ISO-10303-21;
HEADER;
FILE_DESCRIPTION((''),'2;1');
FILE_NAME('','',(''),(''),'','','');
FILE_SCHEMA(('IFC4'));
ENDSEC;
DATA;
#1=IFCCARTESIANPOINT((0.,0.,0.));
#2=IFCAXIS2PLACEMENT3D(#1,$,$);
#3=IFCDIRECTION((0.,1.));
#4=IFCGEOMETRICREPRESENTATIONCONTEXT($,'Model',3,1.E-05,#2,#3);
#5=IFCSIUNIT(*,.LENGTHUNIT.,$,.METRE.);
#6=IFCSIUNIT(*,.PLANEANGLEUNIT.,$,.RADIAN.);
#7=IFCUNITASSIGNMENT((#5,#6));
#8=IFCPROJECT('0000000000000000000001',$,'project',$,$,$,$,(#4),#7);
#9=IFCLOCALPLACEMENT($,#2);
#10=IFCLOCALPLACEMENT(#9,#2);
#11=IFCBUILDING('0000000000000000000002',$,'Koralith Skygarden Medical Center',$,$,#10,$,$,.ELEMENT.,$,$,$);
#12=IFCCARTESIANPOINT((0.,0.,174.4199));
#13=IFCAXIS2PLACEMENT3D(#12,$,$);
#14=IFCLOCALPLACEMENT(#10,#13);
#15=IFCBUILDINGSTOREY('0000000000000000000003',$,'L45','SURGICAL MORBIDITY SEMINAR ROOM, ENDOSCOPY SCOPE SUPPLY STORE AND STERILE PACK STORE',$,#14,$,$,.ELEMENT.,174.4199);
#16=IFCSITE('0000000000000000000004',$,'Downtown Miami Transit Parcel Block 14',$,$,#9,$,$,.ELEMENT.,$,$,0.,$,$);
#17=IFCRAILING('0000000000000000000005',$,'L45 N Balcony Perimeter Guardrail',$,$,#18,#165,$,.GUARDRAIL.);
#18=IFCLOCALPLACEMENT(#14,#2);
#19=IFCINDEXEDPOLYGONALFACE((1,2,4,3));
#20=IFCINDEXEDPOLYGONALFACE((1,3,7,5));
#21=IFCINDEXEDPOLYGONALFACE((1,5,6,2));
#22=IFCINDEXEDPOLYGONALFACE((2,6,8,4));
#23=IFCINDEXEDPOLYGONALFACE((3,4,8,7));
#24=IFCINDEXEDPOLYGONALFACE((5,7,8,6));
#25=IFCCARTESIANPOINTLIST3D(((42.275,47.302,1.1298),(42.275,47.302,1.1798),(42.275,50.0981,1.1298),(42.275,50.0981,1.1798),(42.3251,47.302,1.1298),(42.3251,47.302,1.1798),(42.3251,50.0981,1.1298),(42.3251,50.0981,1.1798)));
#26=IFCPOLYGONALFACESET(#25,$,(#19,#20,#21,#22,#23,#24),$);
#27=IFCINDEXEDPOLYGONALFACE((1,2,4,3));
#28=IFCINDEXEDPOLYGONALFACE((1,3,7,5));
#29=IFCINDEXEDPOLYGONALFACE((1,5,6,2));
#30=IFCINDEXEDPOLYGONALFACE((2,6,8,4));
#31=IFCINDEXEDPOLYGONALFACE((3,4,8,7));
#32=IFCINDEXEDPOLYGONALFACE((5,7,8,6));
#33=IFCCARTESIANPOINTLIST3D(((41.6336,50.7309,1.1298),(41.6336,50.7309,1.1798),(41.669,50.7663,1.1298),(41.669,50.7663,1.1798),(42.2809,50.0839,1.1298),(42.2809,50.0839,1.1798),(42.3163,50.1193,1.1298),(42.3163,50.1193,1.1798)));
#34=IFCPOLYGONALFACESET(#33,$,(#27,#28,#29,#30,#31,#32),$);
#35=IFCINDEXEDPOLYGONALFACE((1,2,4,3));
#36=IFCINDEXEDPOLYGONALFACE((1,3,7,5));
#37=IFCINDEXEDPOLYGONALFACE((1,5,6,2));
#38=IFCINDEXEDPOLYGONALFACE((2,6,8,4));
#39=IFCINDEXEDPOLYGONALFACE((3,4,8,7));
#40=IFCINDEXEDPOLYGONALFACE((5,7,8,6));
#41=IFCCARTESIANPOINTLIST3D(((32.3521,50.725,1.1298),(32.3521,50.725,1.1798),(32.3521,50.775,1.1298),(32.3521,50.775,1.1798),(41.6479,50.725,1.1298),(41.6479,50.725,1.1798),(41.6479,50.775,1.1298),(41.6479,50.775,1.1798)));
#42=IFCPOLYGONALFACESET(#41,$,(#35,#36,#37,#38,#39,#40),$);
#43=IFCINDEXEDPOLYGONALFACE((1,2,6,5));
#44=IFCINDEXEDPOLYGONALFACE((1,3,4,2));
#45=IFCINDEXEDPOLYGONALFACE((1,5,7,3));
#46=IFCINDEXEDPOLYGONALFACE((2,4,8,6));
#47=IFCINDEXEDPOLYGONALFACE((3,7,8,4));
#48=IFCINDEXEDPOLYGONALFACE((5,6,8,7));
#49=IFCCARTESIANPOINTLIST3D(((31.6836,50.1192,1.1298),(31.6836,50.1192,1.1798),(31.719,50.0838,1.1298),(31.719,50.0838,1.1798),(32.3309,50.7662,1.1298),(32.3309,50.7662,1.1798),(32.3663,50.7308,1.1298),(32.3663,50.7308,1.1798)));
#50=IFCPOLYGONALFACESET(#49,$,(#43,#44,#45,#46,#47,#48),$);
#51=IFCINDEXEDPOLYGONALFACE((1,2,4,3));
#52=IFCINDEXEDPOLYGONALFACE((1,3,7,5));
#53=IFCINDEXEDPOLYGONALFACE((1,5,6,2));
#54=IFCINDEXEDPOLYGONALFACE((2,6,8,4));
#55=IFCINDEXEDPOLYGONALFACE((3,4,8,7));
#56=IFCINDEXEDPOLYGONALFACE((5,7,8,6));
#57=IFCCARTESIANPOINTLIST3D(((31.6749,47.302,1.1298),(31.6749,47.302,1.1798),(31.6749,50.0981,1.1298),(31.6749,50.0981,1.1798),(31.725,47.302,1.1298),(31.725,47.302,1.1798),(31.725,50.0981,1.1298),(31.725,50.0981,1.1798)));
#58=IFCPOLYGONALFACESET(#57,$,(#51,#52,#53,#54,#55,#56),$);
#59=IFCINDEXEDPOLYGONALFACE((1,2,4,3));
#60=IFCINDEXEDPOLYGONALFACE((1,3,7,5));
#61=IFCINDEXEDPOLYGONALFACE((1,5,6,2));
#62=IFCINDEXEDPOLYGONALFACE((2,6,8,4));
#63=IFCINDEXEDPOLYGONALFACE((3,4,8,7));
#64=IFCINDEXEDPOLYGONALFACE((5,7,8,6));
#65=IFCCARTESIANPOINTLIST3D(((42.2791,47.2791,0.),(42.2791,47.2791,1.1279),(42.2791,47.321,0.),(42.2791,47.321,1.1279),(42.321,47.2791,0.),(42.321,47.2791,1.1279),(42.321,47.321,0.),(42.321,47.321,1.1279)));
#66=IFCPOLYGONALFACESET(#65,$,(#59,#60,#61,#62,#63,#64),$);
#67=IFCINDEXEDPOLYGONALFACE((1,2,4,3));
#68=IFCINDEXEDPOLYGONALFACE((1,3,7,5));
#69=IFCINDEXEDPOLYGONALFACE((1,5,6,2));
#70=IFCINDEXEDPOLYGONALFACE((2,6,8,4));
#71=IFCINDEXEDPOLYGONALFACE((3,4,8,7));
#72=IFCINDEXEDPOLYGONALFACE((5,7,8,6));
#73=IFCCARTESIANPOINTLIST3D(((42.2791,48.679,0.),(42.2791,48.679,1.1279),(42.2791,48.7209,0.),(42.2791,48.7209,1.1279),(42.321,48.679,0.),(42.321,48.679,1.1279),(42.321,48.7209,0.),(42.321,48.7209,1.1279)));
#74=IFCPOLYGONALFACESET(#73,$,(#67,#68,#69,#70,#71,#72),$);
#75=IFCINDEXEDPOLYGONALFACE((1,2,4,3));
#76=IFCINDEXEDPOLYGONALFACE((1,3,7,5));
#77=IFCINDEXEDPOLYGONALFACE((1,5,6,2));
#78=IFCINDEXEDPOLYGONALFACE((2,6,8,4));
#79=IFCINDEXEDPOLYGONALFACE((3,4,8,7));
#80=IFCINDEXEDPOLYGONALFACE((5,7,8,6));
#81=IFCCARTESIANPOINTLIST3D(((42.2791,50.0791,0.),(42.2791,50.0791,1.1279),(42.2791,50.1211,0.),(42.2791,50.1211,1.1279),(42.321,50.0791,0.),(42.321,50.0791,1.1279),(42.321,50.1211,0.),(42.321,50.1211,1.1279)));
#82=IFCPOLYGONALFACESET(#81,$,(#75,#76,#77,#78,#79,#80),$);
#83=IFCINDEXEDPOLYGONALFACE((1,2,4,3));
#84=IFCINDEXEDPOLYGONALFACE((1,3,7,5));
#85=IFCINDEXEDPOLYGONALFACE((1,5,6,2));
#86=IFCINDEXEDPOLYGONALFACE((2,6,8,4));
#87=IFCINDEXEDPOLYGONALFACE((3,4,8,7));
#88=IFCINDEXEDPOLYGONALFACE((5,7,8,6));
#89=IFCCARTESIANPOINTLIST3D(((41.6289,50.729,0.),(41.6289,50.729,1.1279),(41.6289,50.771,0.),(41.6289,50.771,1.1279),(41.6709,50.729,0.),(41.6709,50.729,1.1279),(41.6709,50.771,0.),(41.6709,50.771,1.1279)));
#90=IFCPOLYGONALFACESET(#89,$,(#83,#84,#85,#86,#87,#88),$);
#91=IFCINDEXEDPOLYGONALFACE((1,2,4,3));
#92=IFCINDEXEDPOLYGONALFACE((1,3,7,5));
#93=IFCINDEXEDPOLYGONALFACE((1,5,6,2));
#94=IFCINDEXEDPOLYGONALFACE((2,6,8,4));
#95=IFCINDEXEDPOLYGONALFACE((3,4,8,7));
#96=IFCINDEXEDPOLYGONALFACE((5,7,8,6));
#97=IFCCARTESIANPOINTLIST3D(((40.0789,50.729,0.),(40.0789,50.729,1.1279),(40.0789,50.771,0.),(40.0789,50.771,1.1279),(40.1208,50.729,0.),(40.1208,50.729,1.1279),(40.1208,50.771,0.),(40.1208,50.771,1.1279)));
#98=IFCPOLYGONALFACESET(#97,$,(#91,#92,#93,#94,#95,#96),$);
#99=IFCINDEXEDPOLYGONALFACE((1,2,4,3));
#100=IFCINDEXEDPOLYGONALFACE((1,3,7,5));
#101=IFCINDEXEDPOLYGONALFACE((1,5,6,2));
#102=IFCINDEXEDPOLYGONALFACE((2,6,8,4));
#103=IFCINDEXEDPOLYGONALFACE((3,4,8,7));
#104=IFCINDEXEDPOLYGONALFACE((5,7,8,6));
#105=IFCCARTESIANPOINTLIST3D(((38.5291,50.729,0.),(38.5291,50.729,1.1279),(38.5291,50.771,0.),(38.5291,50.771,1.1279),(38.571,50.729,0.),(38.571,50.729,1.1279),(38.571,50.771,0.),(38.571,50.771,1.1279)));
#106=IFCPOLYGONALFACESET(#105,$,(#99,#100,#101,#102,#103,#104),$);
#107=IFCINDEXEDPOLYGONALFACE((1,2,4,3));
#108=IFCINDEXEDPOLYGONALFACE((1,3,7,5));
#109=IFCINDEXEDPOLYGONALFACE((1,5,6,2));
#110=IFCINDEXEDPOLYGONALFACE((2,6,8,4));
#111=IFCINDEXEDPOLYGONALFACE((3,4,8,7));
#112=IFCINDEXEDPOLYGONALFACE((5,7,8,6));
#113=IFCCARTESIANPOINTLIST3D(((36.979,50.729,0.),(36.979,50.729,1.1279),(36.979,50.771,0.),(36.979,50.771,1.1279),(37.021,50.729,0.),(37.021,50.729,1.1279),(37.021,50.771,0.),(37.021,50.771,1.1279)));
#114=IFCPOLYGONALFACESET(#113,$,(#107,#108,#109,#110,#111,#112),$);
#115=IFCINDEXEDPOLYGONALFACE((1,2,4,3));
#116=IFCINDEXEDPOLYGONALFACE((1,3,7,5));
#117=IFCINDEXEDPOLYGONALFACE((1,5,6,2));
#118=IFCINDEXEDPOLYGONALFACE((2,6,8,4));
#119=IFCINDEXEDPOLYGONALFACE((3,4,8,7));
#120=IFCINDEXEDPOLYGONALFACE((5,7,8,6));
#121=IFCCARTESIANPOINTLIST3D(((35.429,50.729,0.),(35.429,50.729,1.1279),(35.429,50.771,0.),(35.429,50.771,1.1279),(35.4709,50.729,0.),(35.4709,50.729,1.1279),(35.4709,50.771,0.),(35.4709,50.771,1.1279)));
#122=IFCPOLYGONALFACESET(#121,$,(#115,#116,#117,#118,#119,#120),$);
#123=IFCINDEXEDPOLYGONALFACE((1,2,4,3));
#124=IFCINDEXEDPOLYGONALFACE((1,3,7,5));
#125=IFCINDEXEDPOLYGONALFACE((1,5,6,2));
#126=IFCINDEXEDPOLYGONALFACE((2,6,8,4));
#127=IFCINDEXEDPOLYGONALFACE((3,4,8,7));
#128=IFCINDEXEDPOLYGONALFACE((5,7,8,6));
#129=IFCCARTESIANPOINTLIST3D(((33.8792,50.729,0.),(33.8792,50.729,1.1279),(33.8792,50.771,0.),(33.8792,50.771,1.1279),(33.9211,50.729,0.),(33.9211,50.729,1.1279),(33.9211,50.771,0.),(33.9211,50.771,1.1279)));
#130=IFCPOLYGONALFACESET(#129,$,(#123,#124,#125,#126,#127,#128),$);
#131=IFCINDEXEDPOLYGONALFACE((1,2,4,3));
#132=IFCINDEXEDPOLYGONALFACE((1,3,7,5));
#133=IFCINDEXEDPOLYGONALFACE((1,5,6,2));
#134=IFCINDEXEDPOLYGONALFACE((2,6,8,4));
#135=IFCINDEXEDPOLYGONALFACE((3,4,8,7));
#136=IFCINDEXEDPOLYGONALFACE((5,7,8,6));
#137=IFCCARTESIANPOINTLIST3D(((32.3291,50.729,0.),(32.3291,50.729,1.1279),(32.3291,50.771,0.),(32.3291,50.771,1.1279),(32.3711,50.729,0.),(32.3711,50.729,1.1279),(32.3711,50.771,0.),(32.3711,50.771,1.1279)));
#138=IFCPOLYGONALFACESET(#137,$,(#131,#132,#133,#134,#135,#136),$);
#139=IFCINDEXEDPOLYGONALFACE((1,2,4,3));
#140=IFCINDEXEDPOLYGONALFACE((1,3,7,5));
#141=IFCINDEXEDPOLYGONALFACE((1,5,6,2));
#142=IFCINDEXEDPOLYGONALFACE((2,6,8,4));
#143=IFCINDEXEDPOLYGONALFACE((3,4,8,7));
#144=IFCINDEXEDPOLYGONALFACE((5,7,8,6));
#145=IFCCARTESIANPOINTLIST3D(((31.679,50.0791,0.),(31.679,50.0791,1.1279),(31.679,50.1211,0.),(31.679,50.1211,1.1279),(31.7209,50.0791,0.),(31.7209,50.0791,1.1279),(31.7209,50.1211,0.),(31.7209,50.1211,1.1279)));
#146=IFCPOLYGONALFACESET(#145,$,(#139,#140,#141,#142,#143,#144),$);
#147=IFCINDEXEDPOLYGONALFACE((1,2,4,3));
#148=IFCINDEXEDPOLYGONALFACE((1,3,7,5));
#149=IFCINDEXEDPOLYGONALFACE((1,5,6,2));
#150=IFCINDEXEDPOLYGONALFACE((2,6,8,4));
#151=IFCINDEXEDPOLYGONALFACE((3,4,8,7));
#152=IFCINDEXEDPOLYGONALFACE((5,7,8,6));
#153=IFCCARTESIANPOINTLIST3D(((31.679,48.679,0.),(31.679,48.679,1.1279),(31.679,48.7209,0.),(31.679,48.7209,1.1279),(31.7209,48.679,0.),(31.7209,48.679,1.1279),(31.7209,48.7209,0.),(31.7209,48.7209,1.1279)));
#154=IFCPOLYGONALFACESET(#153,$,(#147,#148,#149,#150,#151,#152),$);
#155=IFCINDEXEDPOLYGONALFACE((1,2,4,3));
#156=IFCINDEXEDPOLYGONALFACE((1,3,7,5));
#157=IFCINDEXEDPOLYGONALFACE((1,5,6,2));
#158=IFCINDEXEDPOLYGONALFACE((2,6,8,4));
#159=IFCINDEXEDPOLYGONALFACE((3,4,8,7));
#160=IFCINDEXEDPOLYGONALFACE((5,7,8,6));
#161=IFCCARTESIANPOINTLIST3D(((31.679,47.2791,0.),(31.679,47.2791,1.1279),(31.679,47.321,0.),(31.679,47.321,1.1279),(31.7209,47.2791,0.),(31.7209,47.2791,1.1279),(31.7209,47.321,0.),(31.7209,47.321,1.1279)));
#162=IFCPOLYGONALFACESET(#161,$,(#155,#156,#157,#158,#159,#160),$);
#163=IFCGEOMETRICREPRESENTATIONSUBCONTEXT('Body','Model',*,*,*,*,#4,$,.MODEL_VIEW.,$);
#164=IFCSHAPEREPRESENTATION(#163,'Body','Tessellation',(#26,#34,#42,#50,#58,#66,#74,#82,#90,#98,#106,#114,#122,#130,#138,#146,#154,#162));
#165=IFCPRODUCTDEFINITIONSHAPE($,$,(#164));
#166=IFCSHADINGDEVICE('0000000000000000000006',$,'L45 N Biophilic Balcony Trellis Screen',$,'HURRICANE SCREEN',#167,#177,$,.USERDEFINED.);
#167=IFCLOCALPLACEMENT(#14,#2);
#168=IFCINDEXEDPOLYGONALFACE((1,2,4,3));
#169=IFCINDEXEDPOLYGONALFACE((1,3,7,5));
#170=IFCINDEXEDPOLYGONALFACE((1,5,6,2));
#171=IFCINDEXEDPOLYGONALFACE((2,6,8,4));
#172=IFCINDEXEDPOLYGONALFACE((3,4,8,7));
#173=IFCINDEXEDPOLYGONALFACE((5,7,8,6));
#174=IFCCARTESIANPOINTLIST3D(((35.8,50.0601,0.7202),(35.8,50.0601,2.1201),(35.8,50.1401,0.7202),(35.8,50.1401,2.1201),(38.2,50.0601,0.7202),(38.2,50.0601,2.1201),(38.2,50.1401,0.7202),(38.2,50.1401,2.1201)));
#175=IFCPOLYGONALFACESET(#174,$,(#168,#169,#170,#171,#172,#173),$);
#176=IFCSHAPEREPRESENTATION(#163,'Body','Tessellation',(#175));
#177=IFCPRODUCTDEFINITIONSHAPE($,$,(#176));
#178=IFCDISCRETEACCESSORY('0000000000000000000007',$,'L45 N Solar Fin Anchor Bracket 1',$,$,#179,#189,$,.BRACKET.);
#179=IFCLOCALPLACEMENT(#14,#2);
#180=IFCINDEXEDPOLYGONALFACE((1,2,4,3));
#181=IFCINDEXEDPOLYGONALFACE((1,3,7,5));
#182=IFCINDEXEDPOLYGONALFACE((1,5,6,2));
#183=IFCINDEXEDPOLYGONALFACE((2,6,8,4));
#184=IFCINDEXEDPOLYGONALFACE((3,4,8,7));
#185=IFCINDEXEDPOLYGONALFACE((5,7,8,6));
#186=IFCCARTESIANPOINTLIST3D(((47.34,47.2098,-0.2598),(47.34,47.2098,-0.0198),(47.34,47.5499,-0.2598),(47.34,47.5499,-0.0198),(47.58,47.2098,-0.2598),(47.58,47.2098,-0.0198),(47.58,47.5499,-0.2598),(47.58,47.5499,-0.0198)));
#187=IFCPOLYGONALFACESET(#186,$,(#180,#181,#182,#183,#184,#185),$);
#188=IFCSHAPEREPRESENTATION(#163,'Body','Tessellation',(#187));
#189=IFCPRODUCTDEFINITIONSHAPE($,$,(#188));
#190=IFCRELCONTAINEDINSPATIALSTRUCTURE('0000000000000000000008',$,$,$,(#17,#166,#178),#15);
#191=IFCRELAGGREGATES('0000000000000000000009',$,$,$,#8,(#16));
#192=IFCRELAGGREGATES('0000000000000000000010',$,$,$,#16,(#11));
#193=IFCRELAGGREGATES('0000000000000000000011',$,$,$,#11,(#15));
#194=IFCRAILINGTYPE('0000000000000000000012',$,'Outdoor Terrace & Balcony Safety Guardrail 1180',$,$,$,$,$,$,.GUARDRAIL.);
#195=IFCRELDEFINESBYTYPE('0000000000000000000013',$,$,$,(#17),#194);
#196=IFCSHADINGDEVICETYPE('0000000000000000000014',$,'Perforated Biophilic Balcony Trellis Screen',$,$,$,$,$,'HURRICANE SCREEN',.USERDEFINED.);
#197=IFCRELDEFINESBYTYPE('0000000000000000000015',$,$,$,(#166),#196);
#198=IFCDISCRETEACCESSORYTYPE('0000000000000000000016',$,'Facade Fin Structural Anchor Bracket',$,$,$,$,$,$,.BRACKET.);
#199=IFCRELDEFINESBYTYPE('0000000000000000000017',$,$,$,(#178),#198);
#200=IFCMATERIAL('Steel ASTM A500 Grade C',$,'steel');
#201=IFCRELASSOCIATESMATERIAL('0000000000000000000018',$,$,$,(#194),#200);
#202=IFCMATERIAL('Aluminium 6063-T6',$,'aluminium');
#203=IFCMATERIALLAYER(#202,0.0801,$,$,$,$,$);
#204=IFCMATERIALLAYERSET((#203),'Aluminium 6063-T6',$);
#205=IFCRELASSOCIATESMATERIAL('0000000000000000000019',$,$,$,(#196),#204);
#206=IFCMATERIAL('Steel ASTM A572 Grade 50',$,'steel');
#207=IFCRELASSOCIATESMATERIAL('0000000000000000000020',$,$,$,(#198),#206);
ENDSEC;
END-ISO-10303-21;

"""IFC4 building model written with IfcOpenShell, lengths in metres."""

from ifc_helpers import new_model, si_unit, direction, frame, origin, origin_2d, place, context, subcontext, project, spatial, rectangle, extrude, material, layer, layer_set, type_object, element, save


model = new_model("IFC4")

# Units and contexts
model_context = context("Model", 3, precision=1e-05, world=origin(), true_north=direction((0.0, 1.0)))
body_context = subcontext(model_context, "Body", "Model", "MODEL_VIEW")
ifc_project = project(units=[si_unit("LENGTHUNIT", "METRE"), si_unit("PLANEANGLEUNIT", "RADIAN")], contexts=[model_context])

# Site, building, storey
site_placement = place(None, origin())
site = spatial("IfcSite", under=ifc_project, at=site_placement, Name="Downtown Miami Transit Parcel Block 14", CompositionType="ELEMENT", RefElevation=0.0)
building_placement = place(site_placement, origin())
building = spatial("IfcBuilding", under=site, at=building_placement, Name="Koralith Skygarden Medical Center", CompositionType="ELEMENT")
storey_placement = place(building_placement, frame((0.0, 0.0, 174.4199)))
storey = spatial("IfcBuildingStorey", under=building, at=storey_placement, Name="L45", Description="SURGICAL MORBIDITY SEMINAR ROOM, ENDOSCOPY SCOPE SUPPLY STORE AND STERILE PACK STORE", CompositionType="ELEMENT", Elevation=174.4199)

# Shared definitions
ifc_material_1 = material(Name="Aluminium 6063-T6", Category="aluminium")

# Shared definitions
ifc_material_2 = material(Name="Steel ASTM A500 Grade C", Category="steel")

# Railing
railing_type = type_object("IfcRailingType", Name="Outdoor Terrace & Balcony Safety Guardrail 1180", PredefinedType="GUARDRAIL", material=ifc_material_2)
railing_placement = place(storey_placement, frame((42.3, 47.3, 0.0)))
element("IfcRailing", 1, at=railing_placement, inside=storey, type_object=railing_type, Name="L45 N Balcony Perimeter Guardrail", PredefinedType="GUARDRAIL", context=body_context, shape_type="SweptSolid", body=[
    extrude(rectangle(XDim=0.05, YDim=0.05, at=origin_2d()), frame((0.0, 0.002, 1.1548), z_axis=(0.0, 1.0, 0.0), x_axis=(-1.0, 0.0, 0.0)), (0.0, 0.0, 1.0), 2.7961),
    extrude(rectangle(XDim=0.05, YDim=0.05, at=origin_2d()), frame((-0.0015, 2.8015, 1.1548), z_axis=(-0.70724, 0.706974, 0.0), x_axis=(-0.706974, -0.70724, 0.0)), (0.0, 0.0, 1.0), 0.9153),
    extrude(rectangle(XDim=0.05, YDim=0.05, at=origin_2d()), frame((-0.6521, 3.45, 1.1548), z_axis=(-1.0, 0.0, 0.0), x_axis=(0.0, -1.0, 0.0)), (0.0, 0.0, 1.0), 9.2959),
    extrude(rectangle(XDim=0.05, YDim=0.05, at=origin_2d()), frame((-9.9514, 3.4485, 1.1548), z_axis=(-0.70724, -0.706974, 0.0), x_axis=(0.706974, -0.70724, 0.0)), (0.0, 0.0, 1.0), 0.9153),
    extrude(rectangle(XDim=0.05, YDim=0.05, at=origin_2d()), frame((-10.6001, 2.7981, 1.1548), z_axis=(0.0, -1.0, 0.0), x_axis=(1.0, 0.0, 0.0)), (0.0, 0.0, 1.0), 2.7961),
    extrude(rectangle(XDim=0.042, YDim=0.042, at=origin_2d()), origin(), (0.0, 0.0, 1.0), 1.1279),
    extrude(rectangle(XDim=0.042, YDim=0.042, at=origin_2d()), frame((0.0, 1.3999, 0.0)), (0.0, 0.0, 1.0), 1.1279),
    extrude(rectangle(XDim=0.042, YDim=0.042, at=origin_2d()), frame((0.0, 2.8, 0.0)), (0.0, 0.0, 1.0), 1.1279),
    extrude(rectangle(XDim=0.042, YDim=0.042, at=origin_2d()), frame((-0.6501, 3.45, 0.0)), (0.0, 0.0, 1.0), 1.1279),
    extrude(rectangle(XDim=0.042, YDim=0.042, at=origin_2d()), frame((-2.2002, 3.45, 0.0)), (0.0, 0.0, 1.0), 1.1279),
    extrude(rectangle(XDim=0.042, YDim=0.042, at=origin_2d()), frame((-3.75, 3.45, 0.0)), (0.0, 0.0, 1.0), 1.1279),
    extrude(rectangle(XDim=0.042, YDim=0.042, at=origin_2d()), frame((-5.3, 3.45, 0.0)), (0.0, 0.0, 1.0), 1.1279),
    extrude(rectangle(XDim=0.042, YDim=0.042, at=origin_2d()), frame((-6.8501, 3.45, 0.0)), (0.0, 0.0, 1.0), 1.1279),
    extrude(rectangle(XDim=0.042, YDim=0.042, at=origin_2d()), frame((-8.3999, 3.45, 0.0)), (0.0, 0.0, 1.0), 1.1279),
    extrude(rectangle(XDim=0.042, YDim=0.042, at=origin_2d()), frame((-9.95, 3.45, 0.0)), (0.0, 0.0, 1.0), 1.1279),
    extrude(rectangle(XDim=0.042, YDim=0.042, at=origin_2d()), frame((-10.6001, 2.8, 0.0)), (0.0, 0.0, 1.0), 1.1279),
    extrude(rectangle(XDim=0.042, YDim=0.042, at=origin_2d()), frame((-10.6001, 1.3999, 0.0)), (0.0, 0.0, 1.0), 1.1279),
    extrude(rectangle(XDim=0.042, YDim=0.042, at=origin_2d()), frame((-10.6001, 0.0, 0.0)), (0.0, 0.0, 1.0), 1.1279),
])

# Shading device
ifc_layer_1 = layer(ifc_material_1, 0.0801)
ifc_layer_set_1 = layer_set([ifc_layer_1], Name="Aluminium 6063-T6")
shading_device_type_1 = type_object("IfcShadingDeviceType", Name="Perforated Biophilic Balcony Trellis Screen", ElementType="HURRICANE SCREEN", PredefinedType="USERDEFINED", material=ifc_layer_set_1)
shading_device_1_placement = place(storey_placement, frame((37.0, 50.1001, 0.7202), z_axis=(0.0, 0.0, 1.0), x_axis=(1.0, 0.0, 0.0)))
element("IfcShadingDevice", 2, at=shading_device_1_placement, inside=storey, type_object=shading_device_type_1, Name="L45 N Biophilic Balcony Trellis Screen", ObjectType="HURRICANE SCREEN", PredefinedType="USERDEFINED", context=body_context, shape_type="SweptSolid", body=[
    extrude(rectangle(XDim=2.3999, YDim=0.0801, at=origin_2d()), origin(), (0.0, 0.0, 1.0), 1.3999),
])

# Discrete accessory
ifc_material_3 = material(Name="Steel ASTM A572 Grade 50", Category="steel")
discrete_accessory_type = type_object("IfcDiscreteAccessoryType", Name="Facade Fin Structural Anchor Bracket", PredefinedType="BRACKET", material=ifc_material_3)
discrete_accessory_placement = place(storey_placement, frame((47.46, 47.3799, -0.2598), z_axis=(0.0, 0.0, 1.0), x_axis=(0.0, 1.0, 0.0)))
element("IfcDiscreteAccessory", 3, at=discrete_accessory_placement, inside=storey, type_object=discrete_accessory_type, Name="L45 N Solar Fin Anchor Bracket 1", PredefinedType="BRACKET", context=body_context, shape_type="SweptSolid", body=[
    extrude(rectangle(XDim=0.3401, YDim=0.24, at=origin_2d()), origin(), (0.0, 0.0, 1.0), 0.24),
])

save(model, "model.ifc")
